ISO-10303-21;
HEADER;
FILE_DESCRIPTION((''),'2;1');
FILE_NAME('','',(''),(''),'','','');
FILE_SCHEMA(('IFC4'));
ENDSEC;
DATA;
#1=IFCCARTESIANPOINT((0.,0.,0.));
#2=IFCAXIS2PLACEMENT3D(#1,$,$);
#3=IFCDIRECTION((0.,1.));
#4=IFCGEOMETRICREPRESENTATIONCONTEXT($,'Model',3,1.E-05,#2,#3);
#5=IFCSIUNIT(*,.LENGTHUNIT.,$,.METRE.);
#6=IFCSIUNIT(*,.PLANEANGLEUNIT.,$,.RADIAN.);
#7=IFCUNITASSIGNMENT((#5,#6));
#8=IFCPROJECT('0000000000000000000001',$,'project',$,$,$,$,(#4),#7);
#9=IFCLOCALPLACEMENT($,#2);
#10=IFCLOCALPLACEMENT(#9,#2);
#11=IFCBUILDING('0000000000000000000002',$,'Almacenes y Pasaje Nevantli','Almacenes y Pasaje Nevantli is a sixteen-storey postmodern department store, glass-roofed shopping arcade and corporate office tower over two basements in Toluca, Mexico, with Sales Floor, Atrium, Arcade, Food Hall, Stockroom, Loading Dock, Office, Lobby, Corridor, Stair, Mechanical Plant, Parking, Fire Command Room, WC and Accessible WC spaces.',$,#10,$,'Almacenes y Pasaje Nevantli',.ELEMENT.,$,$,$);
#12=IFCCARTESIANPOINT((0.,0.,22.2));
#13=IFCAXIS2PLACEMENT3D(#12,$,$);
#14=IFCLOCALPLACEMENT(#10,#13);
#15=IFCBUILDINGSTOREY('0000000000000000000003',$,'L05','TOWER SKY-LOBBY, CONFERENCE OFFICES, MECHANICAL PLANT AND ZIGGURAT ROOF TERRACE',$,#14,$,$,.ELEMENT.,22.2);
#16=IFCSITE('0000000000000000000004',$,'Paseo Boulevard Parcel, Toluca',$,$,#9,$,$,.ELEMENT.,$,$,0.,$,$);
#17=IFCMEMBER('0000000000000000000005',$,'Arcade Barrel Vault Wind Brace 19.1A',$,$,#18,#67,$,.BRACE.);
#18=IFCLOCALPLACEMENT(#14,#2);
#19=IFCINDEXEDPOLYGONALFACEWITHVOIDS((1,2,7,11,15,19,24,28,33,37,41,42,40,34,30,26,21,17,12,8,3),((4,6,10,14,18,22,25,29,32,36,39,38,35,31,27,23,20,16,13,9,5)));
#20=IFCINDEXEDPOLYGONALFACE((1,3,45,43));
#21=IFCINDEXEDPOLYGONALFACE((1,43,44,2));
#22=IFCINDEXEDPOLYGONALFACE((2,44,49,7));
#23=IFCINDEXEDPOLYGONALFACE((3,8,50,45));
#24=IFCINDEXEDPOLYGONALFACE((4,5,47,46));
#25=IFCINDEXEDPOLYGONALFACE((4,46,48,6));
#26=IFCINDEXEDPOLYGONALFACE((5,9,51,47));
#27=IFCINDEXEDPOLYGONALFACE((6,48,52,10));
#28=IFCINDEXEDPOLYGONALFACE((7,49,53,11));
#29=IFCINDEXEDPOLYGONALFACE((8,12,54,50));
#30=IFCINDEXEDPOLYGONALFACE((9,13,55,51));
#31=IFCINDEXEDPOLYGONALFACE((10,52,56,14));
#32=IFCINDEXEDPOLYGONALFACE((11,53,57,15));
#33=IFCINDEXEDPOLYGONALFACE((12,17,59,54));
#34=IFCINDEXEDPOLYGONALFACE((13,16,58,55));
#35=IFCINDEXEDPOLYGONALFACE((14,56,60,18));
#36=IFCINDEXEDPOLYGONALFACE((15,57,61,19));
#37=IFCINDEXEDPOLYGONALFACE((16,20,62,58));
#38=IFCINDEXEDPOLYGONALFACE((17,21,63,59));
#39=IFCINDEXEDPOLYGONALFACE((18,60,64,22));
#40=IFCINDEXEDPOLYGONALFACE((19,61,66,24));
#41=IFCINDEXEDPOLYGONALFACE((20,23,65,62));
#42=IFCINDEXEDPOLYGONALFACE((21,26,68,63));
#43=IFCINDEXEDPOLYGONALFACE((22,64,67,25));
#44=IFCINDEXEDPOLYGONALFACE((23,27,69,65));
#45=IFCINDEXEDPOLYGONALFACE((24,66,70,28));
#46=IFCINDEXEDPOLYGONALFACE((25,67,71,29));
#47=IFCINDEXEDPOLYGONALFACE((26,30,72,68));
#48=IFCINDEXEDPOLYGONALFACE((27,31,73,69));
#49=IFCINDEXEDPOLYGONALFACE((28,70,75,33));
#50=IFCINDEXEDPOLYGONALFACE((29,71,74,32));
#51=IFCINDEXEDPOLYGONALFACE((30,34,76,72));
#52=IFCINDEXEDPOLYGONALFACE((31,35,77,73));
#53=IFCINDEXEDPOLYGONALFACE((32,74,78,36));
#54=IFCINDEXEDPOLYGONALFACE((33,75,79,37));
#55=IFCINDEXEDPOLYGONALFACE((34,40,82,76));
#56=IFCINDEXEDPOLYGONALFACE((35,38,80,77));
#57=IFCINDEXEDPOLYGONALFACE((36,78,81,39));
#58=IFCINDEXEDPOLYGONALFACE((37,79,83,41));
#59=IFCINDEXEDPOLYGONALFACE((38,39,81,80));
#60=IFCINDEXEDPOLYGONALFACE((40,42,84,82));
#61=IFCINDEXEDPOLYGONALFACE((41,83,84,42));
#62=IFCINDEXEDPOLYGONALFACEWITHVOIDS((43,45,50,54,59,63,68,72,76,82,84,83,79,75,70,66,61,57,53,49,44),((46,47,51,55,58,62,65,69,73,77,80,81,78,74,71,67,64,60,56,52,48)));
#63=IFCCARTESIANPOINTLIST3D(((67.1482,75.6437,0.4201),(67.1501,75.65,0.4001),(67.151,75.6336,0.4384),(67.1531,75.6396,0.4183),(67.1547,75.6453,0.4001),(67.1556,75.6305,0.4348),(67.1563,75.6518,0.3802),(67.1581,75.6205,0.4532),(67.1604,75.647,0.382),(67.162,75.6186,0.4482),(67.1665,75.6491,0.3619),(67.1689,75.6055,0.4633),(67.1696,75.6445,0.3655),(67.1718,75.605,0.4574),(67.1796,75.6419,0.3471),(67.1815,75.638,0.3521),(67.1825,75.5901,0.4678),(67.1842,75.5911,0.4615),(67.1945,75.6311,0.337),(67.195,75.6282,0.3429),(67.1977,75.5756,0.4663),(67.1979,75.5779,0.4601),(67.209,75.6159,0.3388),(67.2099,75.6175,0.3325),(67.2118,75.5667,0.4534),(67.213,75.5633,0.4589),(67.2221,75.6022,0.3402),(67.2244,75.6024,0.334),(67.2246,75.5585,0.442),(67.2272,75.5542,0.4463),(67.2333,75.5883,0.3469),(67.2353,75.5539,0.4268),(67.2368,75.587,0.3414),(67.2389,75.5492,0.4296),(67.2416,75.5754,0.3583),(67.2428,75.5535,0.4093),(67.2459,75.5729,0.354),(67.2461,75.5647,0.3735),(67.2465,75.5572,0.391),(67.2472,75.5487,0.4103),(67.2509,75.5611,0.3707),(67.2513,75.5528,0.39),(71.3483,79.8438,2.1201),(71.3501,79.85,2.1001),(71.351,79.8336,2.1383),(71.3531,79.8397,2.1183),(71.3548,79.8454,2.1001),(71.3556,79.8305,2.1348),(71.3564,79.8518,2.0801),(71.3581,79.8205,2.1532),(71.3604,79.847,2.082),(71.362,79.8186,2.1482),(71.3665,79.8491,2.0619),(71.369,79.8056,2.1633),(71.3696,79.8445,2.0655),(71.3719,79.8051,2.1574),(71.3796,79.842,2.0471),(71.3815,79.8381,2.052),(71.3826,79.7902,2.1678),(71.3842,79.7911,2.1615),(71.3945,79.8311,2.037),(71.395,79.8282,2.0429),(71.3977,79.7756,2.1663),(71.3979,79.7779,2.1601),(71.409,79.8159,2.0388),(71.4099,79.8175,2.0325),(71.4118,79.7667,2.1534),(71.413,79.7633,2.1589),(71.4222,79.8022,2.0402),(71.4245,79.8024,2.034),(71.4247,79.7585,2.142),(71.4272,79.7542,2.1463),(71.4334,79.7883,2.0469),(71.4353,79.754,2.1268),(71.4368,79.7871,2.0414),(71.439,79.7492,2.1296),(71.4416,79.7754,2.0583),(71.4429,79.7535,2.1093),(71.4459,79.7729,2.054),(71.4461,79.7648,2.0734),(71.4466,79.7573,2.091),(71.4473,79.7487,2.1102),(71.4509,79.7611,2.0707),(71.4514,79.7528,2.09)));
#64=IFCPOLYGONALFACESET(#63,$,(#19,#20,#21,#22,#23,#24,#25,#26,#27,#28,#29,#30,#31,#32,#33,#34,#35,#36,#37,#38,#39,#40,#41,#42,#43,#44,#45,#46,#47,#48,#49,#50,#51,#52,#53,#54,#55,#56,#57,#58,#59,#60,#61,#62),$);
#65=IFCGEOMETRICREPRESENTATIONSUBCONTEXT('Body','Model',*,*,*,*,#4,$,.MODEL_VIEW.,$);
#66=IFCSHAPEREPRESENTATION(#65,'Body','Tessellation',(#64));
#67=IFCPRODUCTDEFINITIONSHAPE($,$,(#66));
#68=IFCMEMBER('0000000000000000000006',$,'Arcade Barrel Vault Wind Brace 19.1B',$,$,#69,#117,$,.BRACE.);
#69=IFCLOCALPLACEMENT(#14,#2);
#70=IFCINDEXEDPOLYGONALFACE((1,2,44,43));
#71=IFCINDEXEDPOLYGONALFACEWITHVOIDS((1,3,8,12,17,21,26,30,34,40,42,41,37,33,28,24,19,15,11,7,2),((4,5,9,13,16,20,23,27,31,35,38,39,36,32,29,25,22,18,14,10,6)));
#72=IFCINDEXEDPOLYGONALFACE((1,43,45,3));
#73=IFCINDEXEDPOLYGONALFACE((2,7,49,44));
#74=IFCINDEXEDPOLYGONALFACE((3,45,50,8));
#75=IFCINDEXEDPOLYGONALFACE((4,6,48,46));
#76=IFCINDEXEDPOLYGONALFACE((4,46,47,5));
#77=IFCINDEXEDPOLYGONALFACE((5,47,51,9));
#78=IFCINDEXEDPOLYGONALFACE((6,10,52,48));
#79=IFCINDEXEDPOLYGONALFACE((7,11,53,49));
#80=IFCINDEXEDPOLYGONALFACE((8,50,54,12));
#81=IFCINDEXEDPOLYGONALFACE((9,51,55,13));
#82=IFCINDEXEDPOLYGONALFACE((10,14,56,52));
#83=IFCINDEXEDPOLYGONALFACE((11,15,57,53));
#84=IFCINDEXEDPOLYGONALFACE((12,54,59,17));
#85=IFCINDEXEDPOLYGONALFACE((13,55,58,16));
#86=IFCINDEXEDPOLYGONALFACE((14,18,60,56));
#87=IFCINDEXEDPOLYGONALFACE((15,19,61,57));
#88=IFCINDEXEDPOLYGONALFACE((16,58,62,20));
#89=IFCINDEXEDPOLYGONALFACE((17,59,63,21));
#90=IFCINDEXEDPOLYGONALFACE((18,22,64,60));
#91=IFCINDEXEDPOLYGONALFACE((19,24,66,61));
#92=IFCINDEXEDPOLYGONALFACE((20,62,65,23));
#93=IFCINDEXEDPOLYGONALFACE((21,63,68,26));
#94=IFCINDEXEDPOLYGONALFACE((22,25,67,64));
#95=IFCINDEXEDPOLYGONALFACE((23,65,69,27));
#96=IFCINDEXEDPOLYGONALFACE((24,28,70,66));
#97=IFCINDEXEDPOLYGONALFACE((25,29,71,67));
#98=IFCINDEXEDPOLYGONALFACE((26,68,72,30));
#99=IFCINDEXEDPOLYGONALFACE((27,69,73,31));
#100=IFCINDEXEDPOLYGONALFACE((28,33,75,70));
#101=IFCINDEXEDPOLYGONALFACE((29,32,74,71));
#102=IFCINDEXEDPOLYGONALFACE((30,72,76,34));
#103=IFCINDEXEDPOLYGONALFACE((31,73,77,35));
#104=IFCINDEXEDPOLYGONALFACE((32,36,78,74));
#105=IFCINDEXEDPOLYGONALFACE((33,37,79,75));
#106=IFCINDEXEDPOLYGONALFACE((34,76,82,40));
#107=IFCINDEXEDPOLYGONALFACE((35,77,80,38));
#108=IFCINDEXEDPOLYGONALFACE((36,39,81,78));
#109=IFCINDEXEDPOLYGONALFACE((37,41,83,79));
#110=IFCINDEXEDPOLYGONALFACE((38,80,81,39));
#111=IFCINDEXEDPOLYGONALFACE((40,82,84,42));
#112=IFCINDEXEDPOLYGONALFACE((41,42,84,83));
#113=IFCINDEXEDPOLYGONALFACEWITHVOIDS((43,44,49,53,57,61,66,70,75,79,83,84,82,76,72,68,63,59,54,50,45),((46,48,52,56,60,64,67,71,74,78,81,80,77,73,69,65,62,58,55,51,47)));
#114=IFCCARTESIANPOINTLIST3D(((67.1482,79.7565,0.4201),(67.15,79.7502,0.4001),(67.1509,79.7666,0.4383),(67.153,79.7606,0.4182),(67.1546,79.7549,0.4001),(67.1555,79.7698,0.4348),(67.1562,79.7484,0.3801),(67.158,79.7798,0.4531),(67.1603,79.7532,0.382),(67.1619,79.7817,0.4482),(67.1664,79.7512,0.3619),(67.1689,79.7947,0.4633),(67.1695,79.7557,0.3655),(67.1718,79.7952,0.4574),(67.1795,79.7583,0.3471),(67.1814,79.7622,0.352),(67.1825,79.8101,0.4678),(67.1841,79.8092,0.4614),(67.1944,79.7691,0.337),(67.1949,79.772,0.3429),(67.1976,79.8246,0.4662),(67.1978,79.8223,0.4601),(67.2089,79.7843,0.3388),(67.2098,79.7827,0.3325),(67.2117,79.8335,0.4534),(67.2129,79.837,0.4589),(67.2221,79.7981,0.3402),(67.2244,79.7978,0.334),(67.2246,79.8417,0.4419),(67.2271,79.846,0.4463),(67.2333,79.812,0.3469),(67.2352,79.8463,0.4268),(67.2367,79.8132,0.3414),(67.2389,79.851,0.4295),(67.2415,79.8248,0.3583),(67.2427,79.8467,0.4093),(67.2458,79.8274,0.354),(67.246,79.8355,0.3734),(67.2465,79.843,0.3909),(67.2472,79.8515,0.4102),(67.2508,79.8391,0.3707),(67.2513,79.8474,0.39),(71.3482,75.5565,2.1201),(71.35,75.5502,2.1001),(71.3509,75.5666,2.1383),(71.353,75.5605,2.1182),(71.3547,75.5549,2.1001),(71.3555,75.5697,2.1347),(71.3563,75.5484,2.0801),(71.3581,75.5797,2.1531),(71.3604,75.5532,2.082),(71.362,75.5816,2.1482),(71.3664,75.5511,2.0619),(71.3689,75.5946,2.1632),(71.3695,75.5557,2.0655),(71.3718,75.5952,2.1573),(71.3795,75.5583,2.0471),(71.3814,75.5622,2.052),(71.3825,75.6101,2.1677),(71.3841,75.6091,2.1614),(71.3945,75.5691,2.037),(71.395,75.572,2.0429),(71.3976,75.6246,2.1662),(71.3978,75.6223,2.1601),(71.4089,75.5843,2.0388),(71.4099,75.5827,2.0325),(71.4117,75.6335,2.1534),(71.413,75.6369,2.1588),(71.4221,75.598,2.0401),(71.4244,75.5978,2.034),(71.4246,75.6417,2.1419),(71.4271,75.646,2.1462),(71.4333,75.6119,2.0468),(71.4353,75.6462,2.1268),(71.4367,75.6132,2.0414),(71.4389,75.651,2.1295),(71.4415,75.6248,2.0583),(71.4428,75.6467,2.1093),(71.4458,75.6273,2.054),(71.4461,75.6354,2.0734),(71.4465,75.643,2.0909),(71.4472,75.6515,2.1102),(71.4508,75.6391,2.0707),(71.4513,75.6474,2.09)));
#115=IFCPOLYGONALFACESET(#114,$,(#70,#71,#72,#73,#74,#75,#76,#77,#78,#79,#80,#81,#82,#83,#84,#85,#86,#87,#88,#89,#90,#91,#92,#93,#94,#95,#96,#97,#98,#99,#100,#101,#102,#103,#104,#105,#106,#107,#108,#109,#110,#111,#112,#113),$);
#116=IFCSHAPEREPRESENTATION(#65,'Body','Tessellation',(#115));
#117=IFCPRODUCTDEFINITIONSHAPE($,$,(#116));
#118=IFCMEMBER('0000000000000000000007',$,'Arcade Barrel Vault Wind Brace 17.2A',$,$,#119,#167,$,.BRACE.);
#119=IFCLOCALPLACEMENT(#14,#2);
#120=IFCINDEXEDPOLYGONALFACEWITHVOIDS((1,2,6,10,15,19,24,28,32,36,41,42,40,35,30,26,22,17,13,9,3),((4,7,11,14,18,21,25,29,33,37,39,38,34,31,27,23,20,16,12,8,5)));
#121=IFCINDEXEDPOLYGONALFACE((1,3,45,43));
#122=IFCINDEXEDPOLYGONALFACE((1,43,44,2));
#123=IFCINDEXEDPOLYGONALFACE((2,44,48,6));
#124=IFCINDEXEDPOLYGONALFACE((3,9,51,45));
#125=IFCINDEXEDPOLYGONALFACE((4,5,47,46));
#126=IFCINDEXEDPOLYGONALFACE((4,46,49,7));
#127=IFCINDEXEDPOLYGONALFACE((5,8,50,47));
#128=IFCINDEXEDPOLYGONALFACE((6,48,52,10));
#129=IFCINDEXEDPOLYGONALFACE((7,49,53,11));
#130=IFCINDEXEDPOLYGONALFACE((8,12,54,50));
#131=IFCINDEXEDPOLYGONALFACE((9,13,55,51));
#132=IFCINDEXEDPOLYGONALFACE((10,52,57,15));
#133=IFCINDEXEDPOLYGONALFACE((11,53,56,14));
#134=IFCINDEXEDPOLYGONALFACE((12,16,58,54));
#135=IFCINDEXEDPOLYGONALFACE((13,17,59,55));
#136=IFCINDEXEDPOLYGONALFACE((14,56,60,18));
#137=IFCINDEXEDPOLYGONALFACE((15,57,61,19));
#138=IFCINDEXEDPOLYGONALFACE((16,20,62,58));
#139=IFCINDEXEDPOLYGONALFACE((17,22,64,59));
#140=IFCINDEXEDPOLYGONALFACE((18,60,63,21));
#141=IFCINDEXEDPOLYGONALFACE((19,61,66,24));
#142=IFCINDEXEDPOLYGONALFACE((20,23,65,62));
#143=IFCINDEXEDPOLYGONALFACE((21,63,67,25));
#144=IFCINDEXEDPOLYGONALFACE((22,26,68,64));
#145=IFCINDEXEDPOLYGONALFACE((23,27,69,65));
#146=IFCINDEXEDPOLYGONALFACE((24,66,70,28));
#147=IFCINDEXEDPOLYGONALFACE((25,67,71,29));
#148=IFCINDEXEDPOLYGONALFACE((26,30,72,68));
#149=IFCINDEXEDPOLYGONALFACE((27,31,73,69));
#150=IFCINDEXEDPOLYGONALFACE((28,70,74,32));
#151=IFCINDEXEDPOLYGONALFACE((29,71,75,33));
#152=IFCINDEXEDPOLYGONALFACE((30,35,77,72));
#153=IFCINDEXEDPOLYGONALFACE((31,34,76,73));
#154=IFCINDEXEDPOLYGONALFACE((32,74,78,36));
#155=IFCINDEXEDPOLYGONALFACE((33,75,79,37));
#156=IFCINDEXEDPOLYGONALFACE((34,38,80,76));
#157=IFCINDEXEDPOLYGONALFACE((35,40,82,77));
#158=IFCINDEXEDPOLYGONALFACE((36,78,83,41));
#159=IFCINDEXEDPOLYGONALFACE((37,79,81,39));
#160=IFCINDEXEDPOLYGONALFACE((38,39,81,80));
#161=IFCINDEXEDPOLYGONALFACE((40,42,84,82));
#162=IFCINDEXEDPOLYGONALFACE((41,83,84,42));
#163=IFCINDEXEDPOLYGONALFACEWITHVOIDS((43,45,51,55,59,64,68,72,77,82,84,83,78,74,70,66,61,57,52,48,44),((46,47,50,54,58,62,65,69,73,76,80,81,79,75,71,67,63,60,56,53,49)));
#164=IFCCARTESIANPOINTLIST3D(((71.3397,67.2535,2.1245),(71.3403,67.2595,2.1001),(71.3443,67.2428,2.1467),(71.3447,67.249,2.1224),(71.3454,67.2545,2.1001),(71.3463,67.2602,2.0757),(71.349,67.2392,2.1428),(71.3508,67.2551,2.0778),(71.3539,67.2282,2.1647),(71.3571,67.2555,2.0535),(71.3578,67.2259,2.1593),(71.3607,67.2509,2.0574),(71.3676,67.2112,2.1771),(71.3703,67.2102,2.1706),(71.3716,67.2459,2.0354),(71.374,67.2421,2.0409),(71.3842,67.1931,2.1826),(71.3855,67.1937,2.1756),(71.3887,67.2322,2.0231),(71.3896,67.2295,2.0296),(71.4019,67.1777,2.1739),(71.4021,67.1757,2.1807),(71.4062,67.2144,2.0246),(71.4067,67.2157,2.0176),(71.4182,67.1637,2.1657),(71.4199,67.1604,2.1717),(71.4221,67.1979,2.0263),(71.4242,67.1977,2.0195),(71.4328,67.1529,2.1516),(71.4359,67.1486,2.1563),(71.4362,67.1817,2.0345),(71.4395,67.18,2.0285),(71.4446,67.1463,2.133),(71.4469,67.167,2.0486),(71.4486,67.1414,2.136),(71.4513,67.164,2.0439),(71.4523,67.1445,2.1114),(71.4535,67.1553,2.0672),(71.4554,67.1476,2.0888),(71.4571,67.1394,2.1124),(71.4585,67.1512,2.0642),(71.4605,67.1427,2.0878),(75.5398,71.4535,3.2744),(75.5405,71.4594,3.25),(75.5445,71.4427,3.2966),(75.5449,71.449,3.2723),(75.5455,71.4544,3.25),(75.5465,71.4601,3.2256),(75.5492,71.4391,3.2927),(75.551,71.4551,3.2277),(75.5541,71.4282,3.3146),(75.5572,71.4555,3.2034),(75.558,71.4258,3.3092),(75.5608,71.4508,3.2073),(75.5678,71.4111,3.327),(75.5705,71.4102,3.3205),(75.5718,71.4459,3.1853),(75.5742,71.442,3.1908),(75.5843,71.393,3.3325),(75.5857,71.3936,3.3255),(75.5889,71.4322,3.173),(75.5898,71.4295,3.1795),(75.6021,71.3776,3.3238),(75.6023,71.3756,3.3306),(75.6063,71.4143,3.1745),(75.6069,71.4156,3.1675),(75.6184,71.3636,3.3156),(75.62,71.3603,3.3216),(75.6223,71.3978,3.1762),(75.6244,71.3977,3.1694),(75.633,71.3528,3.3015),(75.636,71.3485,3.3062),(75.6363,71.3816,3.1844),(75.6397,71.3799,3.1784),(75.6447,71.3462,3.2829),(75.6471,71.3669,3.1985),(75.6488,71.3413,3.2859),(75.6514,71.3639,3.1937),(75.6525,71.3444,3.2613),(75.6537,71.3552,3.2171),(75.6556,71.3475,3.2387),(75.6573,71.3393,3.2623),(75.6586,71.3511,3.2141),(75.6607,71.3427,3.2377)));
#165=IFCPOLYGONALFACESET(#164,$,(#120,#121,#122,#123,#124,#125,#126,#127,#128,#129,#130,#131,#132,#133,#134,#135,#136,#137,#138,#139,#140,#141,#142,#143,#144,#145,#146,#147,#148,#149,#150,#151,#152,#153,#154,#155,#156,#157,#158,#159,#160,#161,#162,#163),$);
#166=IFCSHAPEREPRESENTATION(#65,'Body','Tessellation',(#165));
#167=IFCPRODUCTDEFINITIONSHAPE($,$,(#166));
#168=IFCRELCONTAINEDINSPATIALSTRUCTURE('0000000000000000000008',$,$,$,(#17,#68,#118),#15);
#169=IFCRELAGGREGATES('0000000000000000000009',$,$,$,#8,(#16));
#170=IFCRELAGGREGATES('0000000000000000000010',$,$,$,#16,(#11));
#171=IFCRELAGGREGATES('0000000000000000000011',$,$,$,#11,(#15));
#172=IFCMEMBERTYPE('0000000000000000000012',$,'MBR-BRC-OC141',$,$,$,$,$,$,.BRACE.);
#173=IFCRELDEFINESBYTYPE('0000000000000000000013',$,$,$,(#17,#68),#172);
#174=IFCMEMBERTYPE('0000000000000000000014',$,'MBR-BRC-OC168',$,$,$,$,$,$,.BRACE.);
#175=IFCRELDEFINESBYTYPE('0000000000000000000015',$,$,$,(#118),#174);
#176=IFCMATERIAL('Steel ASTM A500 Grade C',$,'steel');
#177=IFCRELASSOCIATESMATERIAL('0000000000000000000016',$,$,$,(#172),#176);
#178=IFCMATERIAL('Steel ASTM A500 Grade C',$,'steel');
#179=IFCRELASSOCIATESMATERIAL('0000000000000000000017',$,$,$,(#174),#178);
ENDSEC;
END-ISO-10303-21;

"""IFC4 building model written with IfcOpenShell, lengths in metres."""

from ifc_helpers import new_model, si_unit, direction, frame, origin, origin_2d, place, context, subcontext, project, spatial, hollow_circle, extrude, material, material_profile, profile_set, type_object, element, save


model = new_model("IFC4")

# Units and contexts
model_context = context("Model", 3, precision=1e-05, world=origin(), true_north=direction((0.0, 1.0)))
body_context = subcontext(model_context, "Body", "Model", "MODEL_VIEW")
ifc_project = project(units=[si_unit("LENGTHUNIT", "METRE"), si_unit("PLANEANGLEUNIT", "RADIAN")], contexts=[model_context])

# Site, building, storey
site_placement = place(None, origin())
site = spatial("IfcSite", under=ifc_project, at=site_placement, Name="Paseo Boulevard Parcel, Toluca", CompositionType="ELEMENT", RefElevation=0.0)
building_placement = place(site_placement, origin())
building = spatial("IfcBuilding", under=site, at=building_placement, Name="Almacenes y Pasaje Nevantli", Description="Almacenes y Pasaje Nevantli is a sixteen-storey postmodern department store, glass-roofed shopping arcade and corporate office tower over two basements in Toluca, Mexico, with Sales Floor, Atrium, Arcade, Food Hall, Stockroom, Loading Dock, Office, Lobby, Corridor, Stair, Mechanical Plant, Parking, Fire Command Room, WC and Accessible WC spaces.", LongName="Almacenes y Pasaje Nevantli", CompositionType="ELEMENT")
storey_placement = place(building_placement, frame((0.0, 0.0, 22.2)))
storey = spatial("IfcBuildingStorey", under=building, at=storey_placement, Name="L05", Description="TOWER SKY-LOBBY, CONFERENCE OFFICES, MECHANICAL PLANT AND ZIGGURAT ROOF TERRACE", CompositionType="ELEMENT", Elevation=22.2)

# Members
ifc_material_1 = material(Name="Steel ASTM A500 Grade C", Category="steel")
ifc_material_profile_1 = material_profile(ifc_material_1, hollow_circle(Radius=0.0706, WallThickness=0.0066, at=origin_2d()), Name="OC 141x6.6")
ifc_profile_set_1 = profile_set([ifc_material_profile_1], Name="Steel ASTM A500 Grade C")
member_type_1 = type_object("IfcMemberType", Name="MBR-BRC-OC141", PredefinedType="BRACE", material=ifc_profile_set_1)
for number, where, z_axis, x_axis, name in (
    (1, (67.2, 75.6001, 0.4001), (0.679812, 0.679812, 0.275157), (-0.707107, 0.707107, 0.0), "Arcade Barrel Vault Wind Brace 19.1A"),
    (2, (71.3999, 75.6001, 2.1001), (-0.679812, 0.679812, -0.275157), (-0.707107, -0.707107, 0.0), "Arcade Barrel Vault Wind Brace 19.1B"),
):
    element("IfcMember", number, at=place(storey_placement, frame(where, z_axis=z_axis, x_axis=x_axis)), inside=storey, type_object=member_type_1, Name=name, PredefinedType="BRACE", context=body_context, shape_type="SweptSolid", body=[
        extrude(hollow_circle(Radius=0.0706, WallThickness=0.0066, at=origin_2d()), origin(), (0.0, 0.0, 1.0), 6.1782),
    ])
ifc_material_2 = material(Name="Steel ASTM A500 Grade C", Category="steel")
ifc_material_profile_2 = material_profile(ifc_material_2, hollow_circle(Radius=0.0842, WallThickness=0.0071, at=origin_2d()), Name="OC 168x7.1")
ifc_profile_set_2 = profile_set([ifc_material_profile_2], Name="Steel ASTM A500 Grade C")
member_type_2 = type_object("IfcMemberType", Name="MBR-BRC-OC168", PredefinedType="BRACE", material=ifc_profile_set_2)
for number, where, z_axis, x_axis, name in (
    (3, (71.3999, 67.2, 2.1001), (0.694238, 0.694197, 0.190064), (-0.707086, 0.707127, 0.0), "Arcade Barrel Vault Wind Brace 17.2A"),
):
    element("IfcMember", number, at=place(storey_placement, frame(where, z_axis=z_axis, x_axis=x_axis)), inside=storey, type_object=member_type_2, Name=name, PredefinedType="BRACE", context=body_context, shape_type="SweptSolid", body=[
        extrude(hollow_circle(Radius=0.0842, WallThickness=0.0071, at=origin_2d()), origin(), (0.0, 0.0, 1.0), 6.05),
    ])

save(model, "model.ifc")
